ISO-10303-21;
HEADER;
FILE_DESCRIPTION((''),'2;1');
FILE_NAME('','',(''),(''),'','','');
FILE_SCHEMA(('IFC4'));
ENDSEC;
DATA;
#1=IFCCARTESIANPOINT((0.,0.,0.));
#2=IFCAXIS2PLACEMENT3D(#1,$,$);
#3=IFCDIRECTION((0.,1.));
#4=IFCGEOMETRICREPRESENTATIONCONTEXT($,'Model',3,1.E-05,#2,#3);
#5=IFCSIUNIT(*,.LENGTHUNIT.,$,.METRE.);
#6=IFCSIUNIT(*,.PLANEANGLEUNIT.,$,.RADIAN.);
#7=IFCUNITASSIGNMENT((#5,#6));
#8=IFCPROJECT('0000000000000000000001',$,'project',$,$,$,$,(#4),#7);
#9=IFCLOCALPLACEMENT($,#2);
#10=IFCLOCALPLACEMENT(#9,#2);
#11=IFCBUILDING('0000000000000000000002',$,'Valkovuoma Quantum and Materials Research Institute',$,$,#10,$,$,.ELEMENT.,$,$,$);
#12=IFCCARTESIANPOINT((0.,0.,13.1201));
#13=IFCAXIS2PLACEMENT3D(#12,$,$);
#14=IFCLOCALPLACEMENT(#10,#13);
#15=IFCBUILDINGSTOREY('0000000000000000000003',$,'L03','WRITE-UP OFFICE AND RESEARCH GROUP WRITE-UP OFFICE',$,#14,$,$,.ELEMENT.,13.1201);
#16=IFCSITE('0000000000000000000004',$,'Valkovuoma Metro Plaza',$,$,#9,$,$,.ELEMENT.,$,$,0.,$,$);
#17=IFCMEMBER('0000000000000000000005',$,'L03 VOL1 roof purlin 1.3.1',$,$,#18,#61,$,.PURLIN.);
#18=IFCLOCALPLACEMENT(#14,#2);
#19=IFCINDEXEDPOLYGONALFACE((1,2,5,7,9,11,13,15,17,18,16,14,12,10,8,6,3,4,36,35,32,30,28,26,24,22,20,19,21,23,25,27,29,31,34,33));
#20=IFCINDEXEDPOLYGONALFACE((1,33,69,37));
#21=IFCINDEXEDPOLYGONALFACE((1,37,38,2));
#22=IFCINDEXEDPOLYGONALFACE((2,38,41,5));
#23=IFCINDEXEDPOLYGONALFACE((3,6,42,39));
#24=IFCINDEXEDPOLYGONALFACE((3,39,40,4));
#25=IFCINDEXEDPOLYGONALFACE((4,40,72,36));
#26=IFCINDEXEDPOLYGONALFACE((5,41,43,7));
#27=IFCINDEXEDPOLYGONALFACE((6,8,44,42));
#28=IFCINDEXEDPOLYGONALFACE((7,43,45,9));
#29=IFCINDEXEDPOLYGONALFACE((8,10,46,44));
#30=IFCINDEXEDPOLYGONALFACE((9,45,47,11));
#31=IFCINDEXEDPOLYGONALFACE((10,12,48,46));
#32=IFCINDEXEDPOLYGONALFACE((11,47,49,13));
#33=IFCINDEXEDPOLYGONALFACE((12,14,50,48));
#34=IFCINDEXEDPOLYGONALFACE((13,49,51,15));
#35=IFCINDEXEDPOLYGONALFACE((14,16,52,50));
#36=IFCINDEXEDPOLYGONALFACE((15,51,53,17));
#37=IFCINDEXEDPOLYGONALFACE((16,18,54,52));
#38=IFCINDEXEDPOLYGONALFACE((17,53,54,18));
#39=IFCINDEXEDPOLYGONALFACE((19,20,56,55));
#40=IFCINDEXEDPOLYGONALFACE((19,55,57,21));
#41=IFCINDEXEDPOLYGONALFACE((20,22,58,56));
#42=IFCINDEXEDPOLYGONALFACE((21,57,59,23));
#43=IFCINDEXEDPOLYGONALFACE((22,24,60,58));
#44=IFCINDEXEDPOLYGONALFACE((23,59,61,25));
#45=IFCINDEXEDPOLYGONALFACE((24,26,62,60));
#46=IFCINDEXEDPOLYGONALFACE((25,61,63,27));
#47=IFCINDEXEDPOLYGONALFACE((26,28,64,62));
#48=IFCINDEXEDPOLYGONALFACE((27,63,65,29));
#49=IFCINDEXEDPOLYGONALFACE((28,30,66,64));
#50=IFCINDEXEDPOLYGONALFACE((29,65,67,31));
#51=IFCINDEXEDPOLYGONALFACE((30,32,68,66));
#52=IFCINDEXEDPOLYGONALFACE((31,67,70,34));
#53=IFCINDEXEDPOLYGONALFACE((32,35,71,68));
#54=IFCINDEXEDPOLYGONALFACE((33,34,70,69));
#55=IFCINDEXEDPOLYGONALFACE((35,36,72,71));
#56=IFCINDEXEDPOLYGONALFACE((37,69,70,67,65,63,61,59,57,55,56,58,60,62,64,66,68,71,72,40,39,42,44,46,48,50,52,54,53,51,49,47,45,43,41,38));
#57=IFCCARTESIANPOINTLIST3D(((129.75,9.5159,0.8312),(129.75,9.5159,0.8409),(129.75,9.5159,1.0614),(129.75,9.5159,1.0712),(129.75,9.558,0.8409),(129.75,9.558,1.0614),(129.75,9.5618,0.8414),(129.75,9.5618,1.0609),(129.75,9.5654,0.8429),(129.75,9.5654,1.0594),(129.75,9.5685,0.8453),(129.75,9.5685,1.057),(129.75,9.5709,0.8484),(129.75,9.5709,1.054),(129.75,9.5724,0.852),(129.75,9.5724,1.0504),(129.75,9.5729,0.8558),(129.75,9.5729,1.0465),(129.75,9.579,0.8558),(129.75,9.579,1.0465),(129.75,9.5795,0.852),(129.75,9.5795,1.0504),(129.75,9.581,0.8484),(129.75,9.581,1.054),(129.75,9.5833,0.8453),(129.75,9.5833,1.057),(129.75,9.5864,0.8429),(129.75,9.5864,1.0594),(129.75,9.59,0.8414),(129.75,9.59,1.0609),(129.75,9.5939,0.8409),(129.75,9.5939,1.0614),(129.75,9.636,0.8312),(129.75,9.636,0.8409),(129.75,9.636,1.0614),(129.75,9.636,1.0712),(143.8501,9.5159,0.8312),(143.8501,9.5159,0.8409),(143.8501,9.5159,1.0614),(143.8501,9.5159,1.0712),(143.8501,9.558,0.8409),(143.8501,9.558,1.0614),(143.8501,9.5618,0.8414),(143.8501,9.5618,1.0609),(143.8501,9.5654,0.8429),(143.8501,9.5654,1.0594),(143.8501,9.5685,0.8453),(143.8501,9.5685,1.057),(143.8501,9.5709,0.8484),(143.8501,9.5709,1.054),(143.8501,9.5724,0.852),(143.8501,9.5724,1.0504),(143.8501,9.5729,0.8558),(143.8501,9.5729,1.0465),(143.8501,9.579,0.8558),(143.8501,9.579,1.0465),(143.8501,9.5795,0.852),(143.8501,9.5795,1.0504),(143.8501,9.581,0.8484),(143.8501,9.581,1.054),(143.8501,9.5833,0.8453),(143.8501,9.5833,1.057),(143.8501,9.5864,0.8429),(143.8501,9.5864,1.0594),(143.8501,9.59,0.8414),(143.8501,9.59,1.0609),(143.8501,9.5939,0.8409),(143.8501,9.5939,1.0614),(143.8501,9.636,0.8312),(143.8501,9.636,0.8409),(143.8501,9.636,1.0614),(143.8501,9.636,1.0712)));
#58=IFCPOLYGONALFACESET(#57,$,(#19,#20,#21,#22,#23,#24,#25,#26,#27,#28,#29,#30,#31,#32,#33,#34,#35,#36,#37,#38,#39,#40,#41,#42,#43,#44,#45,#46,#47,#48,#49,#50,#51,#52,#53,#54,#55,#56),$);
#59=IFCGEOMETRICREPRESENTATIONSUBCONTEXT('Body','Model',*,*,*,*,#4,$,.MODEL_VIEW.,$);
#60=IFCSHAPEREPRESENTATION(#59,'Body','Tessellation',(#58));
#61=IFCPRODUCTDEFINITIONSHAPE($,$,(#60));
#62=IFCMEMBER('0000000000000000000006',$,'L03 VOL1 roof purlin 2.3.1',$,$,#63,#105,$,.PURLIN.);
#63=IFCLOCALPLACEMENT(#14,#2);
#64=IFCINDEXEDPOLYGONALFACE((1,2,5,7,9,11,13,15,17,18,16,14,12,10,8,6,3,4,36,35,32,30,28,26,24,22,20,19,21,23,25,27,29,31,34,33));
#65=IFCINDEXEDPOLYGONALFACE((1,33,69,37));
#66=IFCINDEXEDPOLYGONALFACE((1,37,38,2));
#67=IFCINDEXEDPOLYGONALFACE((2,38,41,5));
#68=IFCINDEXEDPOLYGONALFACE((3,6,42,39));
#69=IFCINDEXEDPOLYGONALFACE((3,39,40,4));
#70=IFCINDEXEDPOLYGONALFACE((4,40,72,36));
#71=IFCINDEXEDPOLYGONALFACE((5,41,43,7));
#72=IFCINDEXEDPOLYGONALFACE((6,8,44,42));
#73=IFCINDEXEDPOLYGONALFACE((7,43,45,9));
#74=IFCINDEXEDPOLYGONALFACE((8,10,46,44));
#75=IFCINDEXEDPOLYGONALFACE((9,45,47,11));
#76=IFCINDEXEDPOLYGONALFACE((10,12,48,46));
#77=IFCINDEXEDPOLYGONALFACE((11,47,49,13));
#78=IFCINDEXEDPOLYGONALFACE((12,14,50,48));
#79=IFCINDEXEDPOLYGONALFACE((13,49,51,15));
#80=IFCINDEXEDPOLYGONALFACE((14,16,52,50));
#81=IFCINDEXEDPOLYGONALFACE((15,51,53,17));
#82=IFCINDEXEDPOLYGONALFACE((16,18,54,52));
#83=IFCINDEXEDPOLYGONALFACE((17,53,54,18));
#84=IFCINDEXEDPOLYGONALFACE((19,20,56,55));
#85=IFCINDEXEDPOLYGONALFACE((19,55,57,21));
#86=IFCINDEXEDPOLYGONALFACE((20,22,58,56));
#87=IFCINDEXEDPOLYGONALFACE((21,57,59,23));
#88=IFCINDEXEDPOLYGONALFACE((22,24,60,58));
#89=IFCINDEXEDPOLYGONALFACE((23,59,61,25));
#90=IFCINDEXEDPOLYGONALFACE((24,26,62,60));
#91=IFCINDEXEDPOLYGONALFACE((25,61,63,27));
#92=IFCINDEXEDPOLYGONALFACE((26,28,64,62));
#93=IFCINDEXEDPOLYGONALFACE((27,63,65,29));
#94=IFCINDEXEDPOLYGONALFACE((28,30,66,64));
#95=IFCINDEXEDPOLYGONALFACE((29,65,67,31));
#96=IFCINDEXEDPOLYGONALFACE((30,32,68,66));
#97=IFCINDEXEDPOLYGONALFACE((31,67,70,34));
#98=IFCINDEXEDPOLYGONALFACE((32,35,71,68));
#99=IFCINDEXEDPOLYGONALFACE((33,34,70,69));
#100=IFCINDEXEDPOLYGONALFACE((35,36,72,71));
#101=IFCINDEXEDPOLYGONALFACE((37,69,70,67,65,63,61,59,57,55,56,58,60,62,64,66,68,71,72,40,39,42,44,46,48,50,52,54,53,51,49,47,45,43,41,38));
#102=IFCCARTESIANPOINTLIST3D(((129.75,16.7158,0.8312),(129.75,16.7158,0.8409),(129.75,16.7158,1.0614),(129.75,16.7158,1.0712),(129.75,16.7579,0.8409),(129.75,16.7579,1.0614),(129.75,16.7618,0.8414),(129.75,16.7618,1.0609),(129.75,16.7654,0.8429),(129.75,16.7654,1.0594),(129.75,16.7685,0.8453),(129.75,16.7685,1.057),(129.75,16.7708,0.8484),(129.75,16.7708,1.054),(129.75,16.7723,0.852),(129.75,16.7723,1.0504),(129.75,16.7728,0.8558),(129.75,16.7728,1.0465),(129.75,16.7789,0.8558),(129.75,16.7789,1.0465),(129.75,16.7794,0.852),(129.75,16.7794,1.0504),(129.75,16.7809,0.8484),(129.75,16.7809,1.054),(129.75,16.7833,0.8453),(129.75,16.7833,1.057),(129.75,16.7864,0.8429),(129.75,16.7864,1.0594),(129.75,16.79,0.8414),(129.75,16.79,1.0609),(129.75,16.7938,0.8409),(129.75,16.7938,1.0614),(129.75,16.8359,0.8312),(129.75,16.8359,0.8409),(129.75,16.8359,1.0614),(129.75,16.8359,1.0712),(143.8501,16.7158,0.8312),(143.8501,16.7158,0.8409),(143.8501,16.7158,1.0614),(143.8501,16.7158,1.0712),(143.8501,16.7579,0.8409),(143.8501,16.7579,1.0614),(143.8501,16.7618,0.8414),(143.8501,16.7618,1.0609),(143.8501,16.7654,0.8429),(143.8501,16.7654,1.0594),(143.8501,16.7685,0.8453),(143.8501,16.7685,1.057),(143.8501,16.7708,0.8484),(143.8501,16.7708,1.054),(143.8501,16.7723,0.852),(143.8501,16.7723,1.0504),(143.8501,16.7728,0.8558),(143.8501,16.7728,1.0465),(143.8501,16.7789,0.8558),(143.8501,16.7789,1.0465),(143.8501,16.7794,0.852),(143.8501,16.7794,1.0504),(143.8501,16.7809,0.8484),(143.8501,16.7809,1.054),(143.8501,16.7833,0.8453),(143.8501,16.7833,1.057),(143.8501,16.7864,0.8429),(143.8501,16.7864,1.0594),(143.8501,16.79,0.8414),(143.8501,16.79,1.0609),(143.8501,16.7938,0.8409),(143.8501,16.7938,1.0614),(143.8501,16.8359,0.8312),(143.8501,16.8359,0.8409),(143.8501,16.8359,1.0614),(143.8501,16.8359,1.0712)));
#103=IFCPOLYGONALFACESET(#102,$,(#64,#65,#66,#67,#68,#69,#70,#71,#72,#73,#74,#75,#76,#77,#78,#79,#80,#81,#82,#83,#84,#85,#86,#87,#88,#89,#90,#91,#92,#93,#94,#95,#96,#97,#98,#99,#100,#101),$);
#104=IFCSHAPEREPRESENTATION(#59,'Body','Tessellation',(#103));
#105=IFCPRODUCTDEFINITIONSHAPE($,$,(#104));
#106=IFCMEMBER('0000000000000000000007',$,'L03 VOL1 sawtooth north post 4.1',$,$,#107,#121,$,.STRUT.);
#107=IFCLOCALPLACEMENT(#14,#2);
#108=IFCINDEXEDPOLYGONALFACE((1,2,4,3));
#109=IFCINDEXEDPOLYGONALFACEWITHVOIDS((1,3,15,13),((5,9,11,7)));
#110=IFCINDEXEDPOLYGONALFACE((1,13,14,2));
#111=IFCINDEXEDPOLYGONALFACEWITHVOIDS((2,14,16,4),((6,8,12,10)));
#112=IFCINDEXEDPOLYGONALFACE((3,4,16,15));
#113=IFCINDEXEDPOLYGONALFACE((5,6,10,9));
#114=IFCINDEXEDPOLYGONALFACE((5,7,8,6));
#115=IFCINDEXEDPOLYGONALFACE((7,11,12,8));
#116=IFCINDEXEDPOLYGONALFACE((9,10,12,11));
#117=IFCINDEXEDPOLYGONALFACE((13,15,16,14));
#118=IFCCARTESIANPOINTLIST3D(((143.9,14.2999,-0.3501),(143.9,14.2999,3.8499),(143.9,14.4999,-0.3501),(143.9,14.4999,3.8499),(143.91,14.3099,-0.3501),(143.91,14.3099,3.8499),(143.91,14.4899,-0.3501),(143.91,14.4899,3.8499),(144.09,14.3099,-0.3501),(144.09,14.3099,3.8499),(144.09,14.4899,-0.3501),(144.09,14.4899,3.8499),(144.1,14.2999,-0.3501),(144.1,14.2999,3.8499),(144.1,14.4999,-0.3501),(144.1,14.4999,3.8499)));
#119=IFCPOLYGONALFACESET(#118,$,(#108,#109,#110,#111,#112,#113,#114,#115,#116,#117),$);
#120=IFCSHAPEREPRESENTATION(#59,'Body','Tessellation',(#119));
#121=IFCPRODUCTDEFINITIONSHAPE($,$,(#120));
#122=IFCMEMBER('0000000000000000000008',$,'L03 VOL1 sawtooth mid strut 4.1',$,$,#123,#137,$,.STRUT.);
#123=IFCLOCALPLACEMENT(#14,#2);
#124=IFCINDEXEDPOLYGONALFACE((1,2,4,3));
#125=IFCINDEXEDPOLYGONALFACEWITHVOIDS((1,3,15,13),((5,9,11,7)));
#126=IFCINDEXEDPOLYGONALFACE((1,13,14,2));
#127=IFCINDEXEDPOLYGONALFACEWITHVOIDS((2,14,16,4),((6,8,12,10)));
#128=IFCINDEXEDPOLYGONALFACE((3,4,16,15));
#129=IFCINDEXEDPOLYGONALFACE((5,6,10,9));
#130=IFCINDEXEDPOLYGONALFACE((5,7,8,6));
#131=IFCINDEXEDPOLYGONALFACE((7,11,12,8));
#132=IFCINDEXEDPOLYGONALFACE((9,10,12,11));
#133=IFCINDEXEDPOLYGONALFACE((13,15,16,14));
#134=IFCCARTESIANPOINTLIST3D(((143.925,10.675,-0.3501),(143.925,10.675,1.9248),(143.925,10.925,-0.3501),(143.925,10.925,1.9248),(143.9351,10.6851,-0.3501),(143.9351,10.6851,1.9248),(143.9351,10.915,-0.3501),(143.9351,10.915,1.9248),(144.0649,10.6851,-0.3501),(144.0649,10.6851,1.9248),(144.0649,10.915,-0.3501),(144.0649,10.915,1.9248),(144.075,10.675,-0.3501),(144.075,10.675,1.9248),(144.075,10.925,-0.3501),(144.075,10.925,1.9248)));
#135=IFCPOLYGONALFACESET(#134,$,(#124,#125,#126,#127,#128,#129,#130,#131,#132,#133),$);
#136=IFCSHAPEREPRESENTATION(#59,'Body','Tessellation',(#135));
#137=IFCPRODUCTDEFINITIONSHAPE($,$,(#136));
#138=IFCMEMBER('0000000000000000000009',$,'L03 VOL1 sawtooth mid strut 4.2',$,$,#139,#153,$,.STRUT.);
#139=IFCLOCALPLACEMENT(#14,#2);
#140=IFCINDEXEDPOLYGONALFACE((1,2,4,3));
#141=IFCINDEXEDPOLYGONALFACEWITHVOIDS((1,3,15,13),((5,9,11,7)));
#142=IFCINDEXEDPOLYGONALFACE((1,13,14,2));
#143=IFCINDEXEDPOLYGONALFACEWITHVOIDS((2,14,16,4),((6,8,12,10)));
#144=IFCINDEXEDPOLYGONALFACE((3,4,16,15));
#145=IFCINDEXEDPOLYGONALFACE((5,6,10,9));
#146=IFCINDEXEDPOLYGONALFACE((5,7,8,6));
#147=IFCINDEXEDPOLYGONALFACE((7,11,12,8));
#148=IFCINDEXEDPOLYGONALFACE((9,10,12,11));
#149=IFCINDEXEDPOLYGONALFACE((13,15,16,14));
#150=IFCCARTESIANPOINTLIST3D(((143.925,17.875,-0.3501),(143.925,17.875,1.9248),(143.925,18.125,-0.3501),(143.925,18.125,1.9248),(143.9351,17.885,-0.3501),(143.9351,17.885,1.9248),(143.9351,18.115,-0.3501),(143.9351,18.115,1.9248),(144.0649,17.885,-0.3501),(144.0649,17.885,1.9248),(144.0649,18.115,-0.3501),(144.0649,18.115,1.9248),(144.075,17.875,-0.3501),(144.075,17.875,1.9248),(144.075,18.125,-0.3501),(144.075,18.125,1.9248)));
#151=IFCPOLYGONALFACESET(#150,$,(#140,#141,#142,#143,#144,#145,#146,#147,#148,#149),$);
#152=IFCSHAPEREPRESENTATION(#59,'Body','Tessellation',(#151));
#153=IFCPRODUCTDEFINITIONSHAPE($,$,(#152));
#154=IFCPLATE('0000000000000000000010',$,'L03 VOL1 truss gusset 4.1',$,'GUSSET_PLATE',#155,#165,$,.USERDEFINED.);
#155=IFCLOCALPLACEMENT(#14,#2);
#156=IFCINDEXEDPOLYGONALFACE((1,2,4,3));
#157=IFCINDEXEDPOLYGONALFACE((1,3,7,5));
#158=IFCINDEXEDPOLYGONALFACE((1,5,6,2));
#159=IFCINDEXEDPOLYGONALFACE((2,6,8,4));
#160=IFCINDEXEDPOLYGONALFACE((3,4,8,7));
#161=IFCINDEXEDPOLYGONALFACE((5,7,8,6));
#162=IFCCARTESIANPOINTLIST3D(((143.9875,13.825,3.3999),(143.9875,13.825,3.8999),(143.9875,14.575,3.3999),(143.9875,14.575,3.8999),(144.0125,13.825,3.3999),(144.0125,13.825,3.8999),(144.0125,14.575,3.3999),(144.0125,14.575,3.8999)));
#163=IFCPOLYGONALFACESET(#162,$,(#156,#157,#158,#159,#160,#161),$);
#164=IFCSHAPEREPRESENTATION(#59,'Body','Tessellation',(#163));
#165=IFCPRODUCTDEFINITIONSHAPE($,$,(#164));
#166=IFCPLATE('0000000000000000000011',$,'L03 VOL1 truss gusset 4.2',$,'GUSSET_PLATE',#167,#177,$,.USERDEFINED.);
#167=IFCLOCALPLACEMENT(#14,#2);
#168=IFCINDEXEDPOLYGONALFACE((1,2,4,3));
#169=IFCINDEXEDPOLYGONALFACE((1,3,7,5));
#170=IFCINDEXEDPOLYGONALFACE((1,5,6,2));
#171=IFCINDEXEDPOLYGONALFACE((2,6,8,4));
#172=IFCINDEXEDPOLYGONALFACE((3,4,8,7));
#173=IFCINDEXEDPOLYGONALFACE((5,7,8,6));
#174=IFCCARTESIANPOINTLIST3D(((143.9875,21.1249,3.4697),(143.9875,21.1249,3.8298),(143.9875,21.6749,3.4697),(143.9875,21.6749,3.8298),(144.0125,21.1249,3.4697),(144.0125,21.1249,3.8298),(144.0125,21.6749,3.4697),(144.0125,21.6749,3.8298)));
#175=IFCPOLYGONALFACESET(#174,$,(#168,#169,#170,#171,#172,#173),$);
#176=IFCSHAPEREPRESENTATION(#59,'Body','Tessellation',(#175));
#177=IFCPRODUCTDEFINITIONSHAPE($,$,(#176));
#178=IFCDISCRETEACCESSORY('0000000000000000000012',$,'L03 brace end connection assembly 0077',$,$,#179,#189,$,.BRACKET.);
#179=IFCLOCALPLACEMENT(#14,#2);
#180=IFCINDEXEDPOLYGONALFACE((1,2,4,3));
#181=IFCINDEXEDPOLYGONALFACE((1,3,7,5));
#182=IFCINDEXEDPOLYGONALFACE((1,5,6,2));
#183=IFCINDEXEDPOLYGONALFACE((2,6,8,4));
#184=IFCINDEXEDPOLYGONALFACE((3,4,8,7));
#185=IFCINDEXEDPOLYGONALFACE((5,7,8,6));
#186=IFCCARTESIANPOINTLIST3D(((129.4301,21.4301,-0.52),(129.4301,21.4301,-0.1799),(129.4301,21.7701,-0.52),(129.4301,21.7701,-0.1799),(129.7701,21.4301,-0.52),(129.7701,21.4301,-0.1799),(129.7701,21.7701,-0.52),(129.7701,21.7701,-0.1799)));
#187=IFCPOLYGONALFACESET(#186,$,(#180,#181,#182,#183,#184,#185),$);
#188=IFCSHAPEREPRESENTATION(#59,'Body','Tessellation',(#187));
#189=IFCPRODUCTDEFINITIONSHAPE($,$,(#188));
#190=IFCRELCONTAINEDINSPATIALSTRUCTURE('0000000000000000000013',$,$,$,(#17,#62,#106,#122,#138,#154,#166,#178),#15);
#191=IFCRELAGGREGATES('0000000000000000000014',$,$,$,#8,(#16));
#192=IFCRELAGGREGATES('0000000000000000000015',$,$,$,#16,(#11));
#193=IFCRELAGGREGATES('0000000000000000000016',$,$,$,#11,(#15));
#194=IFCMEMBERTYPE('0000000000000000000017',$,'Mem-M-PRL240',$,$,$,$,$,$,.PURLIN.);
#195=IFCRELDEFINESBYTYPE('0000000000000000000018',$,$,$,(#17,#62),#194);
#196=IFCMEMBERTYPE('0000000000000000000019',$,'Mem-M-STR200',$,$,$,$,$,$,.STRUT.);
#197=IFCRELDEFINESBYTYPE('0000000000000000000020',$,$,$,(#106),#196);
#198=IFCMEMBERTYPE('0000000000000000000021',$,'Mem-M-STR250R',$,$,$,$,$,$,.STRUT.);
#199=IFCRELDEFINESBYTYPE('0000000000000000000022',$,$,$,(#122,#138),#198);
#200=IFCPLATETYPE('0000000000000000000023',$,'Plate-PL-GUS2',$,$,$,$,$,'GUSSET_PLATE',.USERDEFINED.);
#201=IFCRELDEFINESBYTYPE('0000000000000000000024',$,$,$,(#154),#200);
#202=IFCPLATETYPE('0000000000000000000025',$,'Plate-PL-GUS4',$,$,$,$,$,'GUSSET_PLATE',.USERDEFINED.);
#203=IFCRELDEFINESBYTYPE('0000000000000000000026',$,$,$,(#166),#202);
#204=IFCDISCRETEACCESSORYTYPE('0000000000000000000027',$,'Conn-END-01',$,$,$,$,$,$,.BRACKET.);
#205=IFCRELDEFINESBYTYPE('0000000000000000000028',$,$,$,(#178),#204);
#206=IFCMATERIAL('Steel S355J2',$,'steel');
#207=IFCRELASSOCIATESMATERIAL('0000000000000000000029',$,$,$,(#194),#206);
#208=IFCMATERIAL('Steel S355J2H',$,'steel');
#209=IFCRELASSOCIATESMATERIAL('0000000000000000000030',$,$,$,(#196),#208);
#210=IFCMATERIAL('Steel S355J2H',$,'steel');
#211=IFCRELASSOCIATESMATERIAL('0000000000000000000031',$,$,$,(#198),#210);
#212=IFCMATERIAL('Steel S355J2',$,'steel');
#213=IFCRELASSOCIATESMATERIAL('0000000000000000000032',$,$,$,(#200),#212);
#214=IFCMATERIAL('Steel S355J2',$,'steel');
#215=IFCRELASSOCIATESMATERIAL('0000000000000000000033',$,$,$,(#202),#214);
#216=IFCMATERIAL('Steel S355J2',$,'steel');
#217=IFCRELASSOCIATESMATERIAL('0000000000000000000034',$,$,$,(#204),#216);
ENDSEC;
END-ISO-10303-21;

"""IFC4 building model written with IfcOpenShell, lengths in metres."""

from ifc_helpers import new_model, si_unit, direction, frame, origin, origin_2d, place, context, subcontext, project, spatial, rectangle, hollow_rectangle, i_section, extrude, material, material_profile, profile_set, type_object, element, save


model = new_model("IFC4")

# Units and contexts
model_context = context("Model", 3, precision=1e-05, world=origin(), true_north=direction((0.0, 1.0)))
body_context = subcontext(model_context, "Body", "Model", "MODEL_VIEW")
ifc_project = project(units=[si_unit("LENGTHUNIT", "METRE"), si_unit("PLANEANGLEUNIT", "RADIAN")], contexts=[model_context])

# Site, building, storey
site_placement = place(None, origin())
site = spatial("IfcSite", under=ifc_project, at=site_placement, Name="Valkovuoma Metro Plaza", CompositionType="ELEMENT", RefElevation=0.0)
building_placement = place(site_placement, origin())
building = spatial("IfcBuilding", under=site, at=building_placement, Name="Valkovuoma Quantum and Materials Research Institute", CompositionType="ELEMENT")
storey_placement = place(building_placement, frame((0.0, 0.0, 13.1201)))
storey = spatial("IfcBuildingStorey", under=building, at=storey_placement, Name="L03", Description="WRITE-UP OFFICE AND RESEARCH GROUP WRITE-UP OFFICE", CompositionType="ELEMENT", Elevation=13.1201)

# Members
ifc_material_1 = material(Name="Steel S355J2", Category="steel")
ifc_material_profile_1 = material_profile(ifc_material_1, i_section(OverallWidth=0.1201, OverallDepth=0.24, WebThickness=0.0061, FlangeThickness=0.0098, FilletRadius=0.0149, at=origin_2d()), Name="Steel S355J2")
ifc_profile_set_1 = profile_set([ifc_material_profile_1], Name="Steel S355J2")
member_type_1 = type_object("IfcMemberType", Name="Mem-M-PRL240", PredefinedType="PURLIN", material=ifc_profile_set_1)
for number, where, z_axis, x_axis, name in (
    (1, (129.75, 9.5759, 0.9512), (1.0, 0.0, 0.0), (0.0, 1.0, 0.0), "L03 VOL1 roof purlin 1.3.1"),
    (2, (129.75, 16.7759, 0.9512), (1.0, 0.0, 0.0), (0.0, 1.0, 0.0), "L03 VOL1 roof purlin 2.3.1"),
):
    element("IfcMember", number, at=place(storey_placement, frame(where, z_axis=z_axis, x_axis=x_axis)), inside=storey, type_object=member_type_1, Name=name, PredefinedType="PURLIN", context=body_context, shape_type="SweptSolid", body=[
        extrude(i_section(OverallWidth=0.1201, OverallDepth=0.24, WebThickness=0.0061, FlangeThickness=0.0098, FilletRadius=0.0149, at=origin_2d()), origin(), (0.0, 0.0, 1.0), 14.1001),
    ])
ifc_material_2 = material(Name="Steel S355J2H", Category="steel")
ifc_material_profile_2 = material_profile(ifc_material_2, hollow_rectangle(XDim=0.2, YDim=0.2, WallThickness=0.01, at=origin_2d()), Name="Steel S355J2H")
ifc_profile_set_2 = profile_set([ifc_material_profile_2], Name="Steel S355J2H")
member_type_2 = type_object("IfcMemberType", Name="Mem-M-STR200", PredefinedType="STRUT", material=ifc_profile_set_2)
member_1_placement = place(storey_placement, frame((144.0, 14.3999, -0.3501), z_axis=(0.0, 0.0, 1.0), x_axis=(1.0, 0.0, 0.0)))
element("IfcMember", 3, at=member_1_placement, inside=storey, type_object=member_type_2, Name="L03 VOL1 sawtooth north post 4.1", PredefinedType="STRUT", context=body_context, shape_type="SweptSolid", body=[
    extrude(hollow_rectangle(XDim=0.2, YDim=0.2, WallThickness=0.01, at=origin_2d()), origin(), (0.0, 0.0, 1.0), 4.2),
])
ifc_material_3 = material(Name="Steel S355J2H", Category="steel")
ifc_material_profile_3 = material_profile(ifc_material_3, hollow_rectangle(XDim=0.1499, YDim=0.25, WallThickness=0.01, at=origin_2d()), Name="Steel S355J2H")
ifc_profile_set_3 = profile_set([ifc_material_profile_3], Name="Steel S355J2H")
member_type_3 = type_object("IfcMemberType", Name="Mem-M-STR250R", PredefinedType="STRUT", material=ifc_profile_set_3)
for number, where, z_axis, x_axis, name in (
    (4, (144.0, 10.8, -0.3501), (0.0, 0.0, 1.0), (1.0, 0.0, 0.0), "L03 VOL1 sawtooth mid strut 4.1"),
    (5, (144.0, 18.0, -0.3501), (0.0, 0.0, 1.0), (1.0, 0.0, 0.0), "L03 VOL1 sawtooth mid strut 4.2"),
):
    element("IfcMember", number, at=place(storey_placement, frame(where, z_axis=z_axis, x_axis=x_axis)), inside=storey, type_object=member_type_3, Name=name, PredefinedType="STRUT", context=body_context, shape_type="SweptSolid", body=[
        extrude(hollow_rectangle(XDim=0.1499, YDim=0.25, WallThickness=0.01, at=origin_2d()), origin(), (0.0, 0.0, 1.0), 2.2749),
    ])

# Plates
ifc_material_4 = material(Name="Steel S355J2", Category="steel")
plate_type_1 = type_object("IfcPlateType", Name="Plate-PL-GUS2", ElementType="GUSSET_PLATE", PredefinedType="USERDEFINED", material=ifc_material_4)
plate_1_placement = place(storey_placement, frame((144.0, 14.2, 3.3999), z_axis=(0.0, 0.0, 1.0), x_axis=(0.0, 1.0, 0.0)))
element("IfcPlate", 6, at=plate_1_placement, inside=storey, type_object=plate_type_1, Name="L03 VOL1 truss gusset 4.1", ObjectType="GUSSET_PLATE", PredefinedType="USERDEFINED", context=body_context, shape_type="SweptSolid", body=[
    extrude(rectangle(XDim=0.75, YDim=0.0249, at=origin_2d()), origin(), (0.0, 0.0, 1.0), 0.5),
])
ifc_material_5 = material(Name="Steel S355J2", Category="steel")
plate_type_2 = type_object("IfcPlateType", Name="Plate-PL-GUS4", ElementType="GUSSET_PLATE", PredefinedType="USERDEFINED", material=ifc_material_5)
plate_2_placement = place(storey_placement, frame((144.0, 21.3999, 3.4697), z_axis=(0.0, 0.0, 1.0), x_axis=(0.0, 1.0, 0.0)))
element("IfcPlate", 7, at=plate_2_placement, inside=storey, type_object=plate_type_2, Name="L03 VOL1 truss gusset 4.2", ObjectType="GUSSET_PLATE", PredefinedType="USERDEFINED", context=body_context, shape_type="SweptSolid", body=[
    extrude(rectangle(XDim=0.55, YDim=0.0249, at=origin_2d()), origin(), (0.0, 0.0, 1.0), 0.3601),
])

# Discrete accessory
ifc_material_6 = material(Name="Steel S355J2", Category="steel")
discrete_accessory_type = type_object("IfcDiscreteAccessoryType", Name="Conn-END-01", PredefinedType="BRACKET", material=ifc_material_6)
for number, where, z_axis, x_axis, name in (
    (8, (129.6001, 21.6001, -0.52), (0.0, 0.0, 1.0), (1.0, 0.0, 0.0), "L03 brace end connection assembly 0077"),
):
    element("IfcDiscreteAccessory", number, at=place(storey_placement, frame(where, z_axis=z_axis, x_axis=x_axis)), inside=storey, type_object=discrete_accessory_type, Name=name, PredefinedType="BRACKET", context=body_context, shape_type="SweptSolid", body=[
        extrude(rectangle(XDim=0.3401, YDim=0.3401, at=origin_2d()), origin(), (0.0, 0.0, 1.0), 0.3401),
    ])

save(model, "model.ifc")
